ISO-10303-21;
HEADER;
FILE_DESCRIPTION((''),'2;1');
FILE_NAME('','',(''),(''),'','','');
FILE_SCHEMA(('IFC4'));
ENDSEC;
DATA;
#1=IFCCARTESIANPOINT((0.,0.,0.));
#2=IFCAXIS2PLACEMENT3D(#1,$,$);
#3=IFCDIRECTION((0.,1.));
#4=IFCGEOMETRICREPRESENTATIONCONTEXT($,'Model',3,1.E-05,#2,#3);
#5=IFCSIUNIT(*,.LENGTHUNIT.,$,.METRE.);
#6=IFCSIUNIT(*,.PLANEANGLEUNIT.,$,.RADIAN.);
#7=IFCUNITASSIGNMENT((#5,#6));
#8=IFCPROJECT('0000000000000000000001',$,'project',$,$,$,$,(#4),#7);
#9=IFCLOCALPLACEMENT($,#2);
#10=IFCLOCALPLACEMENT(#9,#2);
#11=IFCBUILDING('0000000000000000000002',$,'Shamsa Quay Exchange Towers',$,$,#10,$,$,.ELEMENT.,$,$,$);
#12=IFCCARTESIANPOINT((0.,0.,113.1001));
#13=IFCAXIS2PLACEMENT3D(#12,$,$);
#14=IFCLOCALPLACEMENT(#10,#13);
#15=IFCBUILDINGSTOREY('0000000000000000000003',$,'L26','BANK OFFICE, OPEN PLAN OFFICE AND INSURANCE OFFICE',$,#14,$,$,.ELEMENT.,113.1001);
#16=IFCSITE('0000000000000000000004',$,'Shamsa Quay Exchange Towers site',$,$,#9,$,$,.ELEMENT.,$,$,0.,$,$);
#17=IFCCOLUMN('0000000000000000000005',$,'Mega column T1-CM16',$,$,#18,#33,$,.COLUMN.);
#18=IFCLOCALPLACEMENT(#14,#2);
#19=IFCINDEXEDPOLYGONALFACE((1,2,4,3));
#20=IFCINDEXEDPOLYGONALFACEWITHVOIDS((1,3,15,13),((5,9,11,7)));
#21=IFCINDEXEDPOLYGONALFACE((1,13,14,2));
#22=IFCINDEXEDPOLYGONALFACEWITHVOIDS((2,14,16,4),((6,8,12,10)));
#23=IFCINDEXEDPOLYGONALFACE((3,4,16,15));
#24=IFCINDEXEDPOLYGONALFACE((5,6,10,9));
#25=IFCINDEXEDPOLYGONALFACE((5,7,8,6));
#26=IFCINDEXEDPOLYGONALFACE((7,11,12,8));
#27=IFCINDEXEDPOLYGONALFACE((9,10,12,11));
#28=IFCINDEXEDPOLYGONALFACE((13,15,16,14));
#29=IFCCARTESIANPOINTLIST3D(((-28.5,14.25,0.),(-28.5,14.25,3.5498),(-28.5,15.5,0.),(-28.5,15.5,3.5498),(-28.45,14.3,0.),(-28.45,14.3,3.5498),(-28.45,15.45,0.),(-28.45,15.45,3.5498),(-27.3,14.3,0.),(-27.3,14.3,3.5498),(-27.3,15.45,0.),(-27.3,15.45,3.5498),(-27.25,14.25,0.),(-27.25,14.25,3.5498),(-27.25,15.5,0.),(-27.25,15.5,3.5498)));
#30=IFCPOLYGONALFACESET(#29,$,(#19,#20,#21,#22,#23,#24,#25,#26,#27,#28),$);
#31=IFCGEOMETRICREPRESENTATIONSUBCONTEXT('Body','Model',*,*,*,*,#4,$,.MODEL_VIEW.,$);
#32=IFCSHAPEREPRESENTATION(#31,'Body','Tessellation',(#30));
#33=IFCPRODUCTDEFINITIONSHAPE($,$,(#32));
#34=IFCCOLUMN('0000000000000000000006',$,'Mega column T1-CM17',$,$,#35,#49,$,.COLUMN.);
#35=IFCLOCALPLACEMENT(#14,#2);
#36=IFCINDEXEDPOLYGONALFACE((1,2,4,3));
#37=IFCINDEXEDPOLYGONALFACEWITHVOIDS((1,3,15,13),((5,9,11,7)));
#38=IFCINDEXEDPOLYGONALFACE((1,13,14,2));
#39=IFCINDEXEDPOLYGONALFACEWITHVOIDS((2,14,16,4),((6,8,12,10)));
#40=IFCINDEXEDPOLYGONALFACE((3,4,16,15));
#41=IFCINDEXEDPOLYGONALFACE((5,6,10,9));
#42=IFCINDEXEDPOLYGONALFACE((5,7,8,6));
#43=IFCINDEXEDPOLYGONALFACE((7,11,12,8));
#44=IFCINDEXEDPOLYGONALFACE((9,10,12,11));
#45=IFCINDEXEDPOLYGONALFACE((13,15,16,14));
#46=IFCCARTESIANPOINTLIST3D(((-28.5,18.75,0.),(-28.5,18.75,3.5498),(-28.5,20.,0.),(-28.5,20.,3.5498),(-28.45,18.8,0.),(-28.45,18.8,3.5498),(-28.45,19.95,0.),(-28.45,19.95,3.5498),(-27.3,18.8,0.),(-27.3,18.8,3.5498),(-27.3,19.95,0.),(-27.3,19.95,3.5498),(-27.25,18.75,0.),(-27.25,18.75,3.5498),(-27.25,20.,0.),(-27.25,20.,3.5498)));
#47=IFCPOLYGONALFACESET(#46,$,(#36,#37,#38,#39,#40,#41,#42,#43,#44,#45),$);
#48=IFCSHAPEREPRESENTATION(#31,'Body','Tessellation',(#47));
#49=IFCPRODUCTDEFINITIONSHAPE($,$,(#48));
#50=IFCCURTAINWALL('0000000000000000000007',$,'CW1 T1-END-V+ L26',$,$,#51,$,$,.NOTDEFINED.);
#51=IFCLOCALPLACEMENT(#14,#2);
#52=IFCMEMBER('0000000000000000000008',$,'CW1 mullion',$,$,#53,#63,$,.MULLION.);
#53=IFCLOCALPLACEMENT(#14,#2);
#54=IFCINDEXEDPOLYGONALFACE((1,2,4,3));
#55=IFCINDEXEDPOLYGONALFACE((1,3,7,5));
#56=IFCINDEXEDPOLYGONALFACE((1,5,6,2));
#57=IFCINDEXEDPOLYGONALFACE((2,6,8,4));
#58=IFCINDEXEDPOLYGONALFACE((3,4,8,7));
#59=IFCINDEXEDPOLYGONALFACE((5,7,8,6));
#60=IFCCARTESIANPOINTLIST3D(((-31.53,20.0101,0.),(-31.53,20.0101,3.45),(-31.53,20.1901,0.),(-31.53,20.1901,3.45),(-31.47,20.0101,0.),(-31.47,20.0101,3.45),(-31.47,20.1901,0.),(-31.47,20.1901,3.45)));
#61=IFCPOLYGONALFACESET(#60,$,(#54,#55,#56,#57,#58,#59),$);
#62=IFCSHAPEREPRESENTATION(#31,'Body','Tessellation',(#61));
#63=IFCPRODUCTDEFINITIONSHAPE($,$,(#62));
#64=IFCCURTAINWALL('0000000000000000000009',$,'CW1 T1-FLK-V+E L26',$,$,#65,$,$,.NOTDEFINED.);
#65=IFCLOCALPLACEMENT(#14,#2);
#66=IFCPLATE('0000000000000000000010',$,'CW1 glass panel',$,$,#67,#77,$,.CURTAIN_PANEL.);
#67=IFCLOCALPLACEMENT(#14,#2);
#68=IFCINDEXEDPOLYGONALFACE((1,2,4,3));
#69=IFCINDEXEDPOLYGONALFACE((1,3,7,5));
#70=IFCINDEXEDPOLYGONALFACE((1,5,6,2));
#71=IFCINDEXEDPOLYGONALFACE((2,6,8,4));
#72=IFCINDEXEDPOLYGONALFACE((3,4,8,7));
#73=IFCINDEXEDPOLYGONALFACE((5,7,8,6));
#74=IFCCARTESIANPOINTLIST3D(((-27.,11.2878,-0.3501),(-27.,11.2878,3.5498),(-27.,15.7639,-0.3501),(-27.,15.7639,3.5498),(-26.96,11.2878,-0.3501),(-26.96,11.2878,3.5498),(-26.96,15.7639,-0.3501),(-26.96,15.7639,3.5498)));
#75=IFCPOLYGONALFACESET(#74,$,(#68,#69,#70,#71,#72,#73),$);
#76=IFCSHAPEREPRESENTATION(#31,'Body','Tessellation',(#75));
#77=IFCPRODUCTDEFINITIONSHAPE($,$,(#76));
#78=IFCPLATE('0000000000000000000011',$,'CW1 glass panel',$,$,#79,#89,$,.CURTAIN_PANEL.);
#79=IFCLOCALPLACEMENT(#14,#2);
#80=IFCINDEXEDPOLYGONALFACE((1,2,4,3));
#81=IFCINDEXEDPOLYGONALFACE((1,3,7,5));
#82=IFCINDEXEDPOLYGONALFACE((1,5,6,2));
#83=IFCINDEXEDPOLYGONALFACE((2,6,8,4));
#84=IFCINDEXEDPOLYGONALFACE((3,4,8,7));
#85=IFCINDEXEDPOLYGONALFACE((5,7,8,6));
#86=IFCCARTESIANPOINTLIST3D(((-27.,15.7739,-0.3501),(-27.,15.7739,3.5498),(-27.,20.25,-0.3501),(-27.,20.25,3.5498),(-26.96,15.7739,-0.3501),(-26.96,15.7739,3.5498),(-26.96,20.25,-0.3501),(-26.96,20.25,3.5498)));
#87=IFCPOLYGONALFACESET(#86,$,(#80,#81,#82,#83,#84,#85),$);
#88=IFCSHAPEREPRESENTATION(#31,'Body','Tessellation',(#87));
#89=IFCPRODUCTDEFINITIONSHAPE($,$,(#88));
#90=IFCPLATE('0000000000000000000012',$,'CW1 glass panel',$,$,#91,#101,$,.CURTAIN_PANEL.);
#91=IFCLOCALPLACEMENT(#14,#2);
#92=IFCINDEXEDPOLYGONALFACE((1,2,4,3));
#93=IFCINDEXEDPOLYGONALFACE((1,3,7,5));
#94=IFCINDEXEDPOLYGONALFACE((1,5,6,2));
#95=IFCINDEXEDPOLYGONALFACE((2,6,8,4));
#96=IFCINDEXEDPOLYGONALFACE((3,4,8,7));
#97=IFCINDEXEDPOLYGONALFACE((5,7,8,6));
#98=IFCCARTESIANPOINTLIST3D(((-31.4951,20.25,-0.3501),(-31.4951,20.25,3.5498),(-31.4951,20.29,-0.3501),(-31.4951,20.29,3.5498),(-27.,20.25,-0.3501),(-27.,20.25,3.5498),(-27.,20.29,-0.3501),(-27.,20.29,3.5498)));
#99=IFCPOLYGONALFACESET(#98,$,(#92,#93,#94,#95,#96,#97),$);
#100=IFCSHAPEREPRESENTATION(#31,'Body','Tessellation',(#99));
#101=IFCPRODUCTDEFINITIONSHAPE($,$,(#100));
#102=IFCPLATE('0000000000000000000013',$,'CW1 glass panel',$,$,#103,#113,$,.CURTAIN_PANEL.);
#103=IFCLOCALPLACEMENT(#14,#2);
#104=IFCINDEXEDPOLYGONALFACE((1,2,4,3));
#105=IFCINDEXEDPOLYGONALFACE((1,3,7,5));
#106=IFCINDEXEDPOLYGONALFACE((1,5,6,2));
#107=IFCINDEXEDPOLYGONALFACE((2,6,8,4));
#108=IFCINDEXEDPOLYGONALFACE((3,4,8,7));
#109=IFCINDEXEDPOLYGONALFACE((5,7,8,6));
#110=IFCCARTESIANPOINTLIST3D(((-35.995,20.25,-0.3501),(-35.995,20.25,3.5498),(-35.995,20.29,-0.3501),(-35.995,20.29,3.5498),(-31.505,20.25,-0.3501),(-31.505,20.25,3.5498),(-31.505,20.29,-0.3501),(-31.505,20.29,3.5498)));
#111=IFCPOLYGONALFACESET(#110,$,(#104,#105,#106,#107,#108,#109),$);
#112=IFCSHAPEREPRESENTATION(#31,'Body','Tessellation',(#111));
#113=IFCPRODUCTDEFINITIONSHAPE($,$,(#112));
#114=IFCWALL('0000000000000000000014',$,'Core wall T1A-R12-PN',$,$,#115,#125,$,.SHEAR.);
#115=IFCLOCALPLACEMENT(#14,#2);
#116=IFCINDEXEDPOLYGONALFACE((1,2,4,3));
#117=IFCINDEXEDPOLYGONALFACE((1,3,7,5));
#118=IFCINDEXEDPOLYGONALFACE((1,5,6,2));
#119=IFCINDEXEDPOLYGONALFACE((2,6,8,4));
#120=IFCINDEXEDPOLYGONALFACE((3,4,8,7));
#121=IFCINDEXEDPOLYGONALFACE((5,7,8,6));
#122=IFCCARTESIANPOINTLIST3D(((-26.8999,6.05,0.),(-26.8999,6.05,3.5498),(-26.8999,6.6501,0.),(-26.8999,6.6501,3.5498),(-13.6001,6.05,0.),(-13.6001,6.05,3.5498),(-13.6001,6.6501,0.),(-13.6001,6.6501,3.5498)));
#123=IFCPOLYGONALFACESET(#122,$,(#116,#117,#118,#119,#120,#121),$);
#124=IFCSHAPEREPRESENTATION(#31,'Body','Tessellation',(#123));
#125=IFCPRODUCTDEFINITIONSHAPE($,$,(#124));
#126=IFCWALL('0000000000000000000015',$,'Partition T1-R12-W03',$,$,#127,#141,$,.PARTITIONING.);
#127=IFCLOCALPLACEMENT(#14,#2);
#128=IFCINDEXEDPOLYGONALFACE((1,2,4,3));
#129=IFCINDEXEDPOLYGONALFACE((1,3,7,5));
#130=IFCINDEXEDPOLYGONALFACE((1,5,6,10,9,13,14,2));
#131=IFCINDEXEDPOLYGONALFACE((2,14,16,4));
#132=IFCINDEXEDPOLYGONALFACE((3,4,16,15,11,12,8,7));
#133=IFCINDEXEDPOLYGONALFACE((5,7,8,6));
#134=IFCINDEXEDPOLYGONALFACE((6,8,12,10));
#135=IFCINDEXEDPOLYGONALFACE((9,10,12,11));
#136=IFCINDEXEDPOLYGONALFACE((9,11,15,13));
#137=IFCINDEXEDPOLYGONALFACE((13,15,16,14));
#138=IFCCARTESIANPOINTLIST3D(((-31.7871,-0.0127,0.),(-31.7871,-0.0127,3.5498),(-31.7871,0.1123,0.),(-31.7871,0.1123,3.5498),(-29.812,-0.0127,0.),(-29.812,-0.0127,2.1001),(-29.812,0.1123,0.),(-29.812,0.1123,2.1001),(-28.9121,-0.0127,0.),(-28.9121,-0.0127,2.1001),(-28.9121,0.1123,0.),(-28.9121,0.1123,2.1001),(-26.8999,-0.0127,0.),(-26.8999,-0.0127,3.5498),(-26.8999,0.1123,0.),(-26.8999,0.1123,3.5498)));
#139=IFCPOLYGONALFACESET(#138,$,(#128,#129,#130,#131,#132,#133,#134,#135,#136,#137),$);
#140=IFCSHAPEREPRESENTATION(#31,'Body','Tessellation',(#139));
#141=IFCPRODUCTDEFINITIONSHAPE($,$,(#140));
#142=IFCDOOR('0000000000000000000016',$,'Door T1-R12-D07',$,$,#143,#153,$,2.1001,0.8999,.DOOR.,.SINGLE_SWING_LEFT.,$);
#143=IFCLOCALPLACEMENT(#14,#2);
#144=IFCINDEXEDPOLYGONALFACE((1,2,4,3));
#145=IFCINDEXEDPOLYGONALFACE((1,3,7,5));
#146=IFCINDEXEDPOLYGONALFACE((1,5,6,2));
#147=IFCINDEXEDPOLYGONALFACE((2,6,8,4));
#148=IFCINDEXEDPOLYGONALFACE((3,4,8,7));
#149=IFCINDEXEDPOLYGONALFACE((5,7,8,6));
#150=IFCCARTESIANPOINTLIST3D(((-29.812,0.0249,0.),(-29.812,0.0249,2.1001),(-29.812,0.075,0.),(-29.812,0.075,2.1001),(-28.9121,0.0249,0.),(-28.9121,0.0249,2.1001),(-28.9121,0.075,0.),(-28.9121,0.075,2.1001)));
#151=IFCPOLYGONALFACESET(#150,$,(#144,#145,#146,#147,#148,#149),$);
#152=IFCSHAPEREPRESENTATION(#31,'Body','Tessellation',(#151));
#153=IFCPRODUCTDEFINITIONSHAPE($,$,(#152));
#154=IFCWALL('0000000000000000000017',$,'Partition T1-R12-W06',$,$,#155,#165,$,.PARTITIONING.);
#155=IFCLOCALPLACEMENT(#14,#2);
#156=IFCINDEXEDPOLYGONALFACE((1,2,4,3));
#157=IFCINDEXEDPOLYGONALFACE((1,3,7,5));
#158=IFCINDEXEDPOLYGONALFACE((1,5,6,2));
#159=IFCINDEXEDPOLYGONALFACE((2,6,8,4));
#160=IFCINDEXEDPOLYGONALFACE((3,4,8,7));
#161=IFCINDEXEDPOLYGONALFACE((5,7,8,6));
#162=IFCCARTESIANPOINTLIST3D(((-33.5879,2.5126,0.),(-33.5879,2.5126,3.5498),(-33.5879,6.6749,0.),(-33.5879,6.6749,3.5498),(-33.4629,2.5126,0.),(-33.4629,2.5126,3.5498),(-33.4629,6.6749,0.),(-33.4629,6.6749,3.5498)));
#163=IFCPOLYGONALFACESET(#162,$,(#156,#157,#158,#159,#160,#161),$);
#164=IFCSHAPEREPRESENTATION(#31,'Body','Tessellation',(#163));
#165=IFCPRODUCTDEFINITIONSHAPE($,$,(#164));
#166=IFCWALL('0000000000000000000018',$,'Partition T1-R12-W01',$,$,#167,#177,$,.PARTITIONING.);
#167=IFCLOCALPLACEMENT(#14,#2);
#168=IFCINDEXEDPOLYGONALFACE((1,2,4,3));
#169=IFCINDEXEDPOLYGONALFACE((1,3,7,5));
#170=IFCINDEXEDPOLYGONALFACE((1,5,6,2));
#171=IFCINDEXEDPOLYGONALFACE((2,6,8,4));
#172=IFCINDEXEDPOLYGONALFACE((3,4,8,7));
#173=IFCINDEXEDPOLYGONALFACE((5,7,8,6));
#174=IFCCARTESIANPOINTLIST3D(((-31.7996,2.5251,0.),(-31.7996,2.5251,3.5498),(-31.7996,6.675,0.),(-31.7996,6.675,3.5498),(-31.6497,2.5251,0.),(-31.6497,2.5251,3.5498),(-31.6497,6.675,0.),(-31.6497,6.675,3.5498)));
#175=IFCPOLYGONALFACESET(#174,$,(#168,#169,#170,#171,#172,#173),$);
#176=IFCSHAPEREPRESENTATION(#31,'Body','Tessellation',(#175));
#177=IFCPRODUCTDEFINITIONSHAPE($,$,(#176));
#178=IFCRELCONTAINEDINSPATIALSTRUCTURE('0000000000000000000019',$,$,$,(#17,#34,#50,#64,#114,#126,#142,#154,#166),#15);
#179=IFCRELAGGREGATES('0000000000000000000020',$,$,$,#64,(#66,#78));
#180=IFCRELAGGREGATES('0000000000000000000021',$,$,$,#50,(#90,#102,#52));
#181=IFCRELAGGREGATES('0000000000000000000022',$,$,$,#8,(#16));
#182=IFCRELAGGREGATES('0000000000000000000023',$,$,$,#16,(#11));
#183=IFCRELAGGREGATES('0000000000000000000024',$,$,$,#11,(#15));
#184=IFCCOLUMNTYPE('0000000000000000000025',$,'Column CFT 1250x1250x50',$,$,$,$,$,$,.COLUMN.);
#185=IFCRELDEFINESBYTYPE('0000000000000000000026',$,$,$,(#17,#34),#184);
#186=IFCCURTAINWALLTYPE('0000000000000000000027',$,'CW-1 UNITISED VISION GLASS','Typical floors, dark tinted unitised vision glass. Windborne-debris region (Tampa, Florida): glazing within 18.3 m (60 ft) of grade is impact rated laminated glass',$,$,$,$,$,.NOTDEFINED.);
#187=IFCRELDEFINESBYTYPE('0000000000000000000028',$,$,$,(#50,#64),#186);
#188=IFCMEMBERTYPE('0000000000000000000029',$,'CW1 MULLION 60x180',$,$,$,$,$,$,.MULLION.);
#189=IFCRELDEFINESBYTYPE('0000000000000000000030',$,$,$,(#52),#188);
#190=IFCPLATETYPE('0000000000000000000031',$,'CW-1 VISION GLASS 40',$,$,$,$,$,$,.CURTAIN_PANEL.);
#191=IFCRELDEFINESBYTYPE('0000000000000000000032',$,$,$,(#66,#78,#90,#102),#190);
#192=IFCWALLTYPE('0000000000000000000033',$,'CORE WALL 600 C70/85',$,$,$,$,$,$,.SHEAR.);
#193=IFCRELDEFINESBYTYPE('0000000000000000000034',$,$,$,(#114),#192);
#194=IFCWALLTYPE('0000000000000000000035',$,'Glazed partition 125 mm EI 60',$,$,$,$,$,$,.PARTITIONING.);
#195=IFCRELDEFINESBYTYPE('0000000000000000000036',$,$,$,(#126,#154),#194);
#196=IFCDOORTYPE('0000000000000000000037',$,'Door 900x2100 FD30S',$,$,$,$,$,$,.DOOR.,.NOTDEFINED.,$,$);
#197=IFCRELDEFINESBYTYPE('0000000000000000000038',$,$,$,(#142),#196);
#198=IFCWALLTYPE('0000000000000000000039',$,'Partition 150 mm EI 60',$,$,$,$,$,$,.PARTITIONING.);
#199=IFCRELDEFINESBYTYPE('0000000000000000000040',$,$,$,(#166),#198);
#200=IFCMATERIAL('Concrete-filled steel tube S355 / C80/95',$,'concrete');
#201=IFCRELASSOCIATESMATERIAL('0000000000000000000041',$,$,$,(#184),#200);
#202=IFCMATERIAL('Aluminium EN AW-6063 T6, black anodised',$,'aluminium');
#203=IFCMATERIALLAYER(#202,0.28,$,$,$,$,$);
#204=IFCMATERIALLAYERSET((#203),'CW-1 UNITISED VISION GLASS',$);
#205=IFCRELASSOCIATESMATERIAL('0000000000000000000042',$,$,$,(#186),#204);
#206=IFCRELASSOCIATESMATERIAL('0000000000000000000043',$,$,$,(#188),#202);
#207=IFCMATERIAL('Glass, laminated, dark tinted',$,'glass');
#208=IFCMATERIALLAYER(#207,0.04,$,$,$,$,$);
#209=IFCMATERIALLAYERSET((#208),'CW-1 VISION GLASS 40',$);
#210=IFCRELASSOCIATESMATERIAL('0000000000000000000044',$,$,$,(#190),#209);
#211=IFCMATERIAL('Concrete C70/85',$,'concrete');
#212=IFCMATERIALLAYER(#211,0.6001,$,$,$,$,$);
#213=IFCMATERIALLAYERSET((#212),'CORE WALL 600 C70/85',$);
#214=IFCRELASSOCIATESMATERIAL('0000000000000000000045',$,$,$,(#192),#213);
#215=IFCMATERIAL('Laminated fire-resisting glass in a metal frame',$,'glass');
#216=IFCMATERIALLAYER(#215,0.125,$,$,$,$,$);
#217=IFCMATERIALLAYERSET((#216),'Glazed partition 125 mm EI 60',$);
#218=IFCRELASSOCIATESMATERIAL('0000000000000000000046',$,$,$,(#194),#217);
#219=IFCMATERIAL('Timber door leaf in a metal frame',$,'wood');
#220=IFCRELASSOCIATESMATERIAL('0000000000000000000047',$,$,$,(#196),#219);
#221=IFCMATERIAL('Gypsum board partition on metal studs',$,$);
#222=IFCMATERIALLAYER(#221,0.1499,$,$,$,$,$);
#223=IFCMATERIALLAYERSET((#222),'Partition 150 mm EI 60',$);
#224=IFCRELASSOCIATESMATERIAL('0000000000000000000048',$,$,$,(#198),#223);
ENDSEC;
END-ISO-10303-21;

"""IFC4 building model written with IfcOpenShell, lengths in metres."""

from ifc_helpers import new_model, si_unit, direction, frame, frame_2d, origin, origin_2d, place, context, subcontext, project, spatial, rectangle, hollow_rectangle, extrude, material, layer, layer_set, material_profile, profile_set, type_object, element, fill, aggregate, save


model = new_model("IFC4")

# Units and contexts
model_context = context("Model", 3, precision=1e-05, world=origin(), true_north=direction((0.0, 1.0)))
body_context = subcontext(model_context, "Body", "Model", "MODEL_VIEW")
ifc_project = project(units=[si_unit("LENGTHUNIT", "METRE"), si_unit("PLANEANGLEUNIT", "RADIAN")], contexts=[model_context])

# Site, building, storey
site_placement = place(None, origin())
site = spatial("IfcSite", under=ifc_project, at=site_placement, Name="Shamsa Quay Exchange Towers site", CompositionType="ELEMENT", RefElevation=0.0)
building_placement = place(site_placement, origin())
building = spatial("IfcBuilding", under=site, at=building_placement, Name="Shamsa Quay Exchange Towers", CompositionType="ELEMENT")
storey_placement = place(building_placement, frame((0.0, 0.0, 113.1001)))
storey = spatial("IfcBuildingStorey", under=building, at=storey_placement, Name="L26", Description="BANK OFFICE, OPEN PLAN OFFICE AND INSURANCE OFFICE", CompositionType="ELEMENT", Elevation=113.1001)

# Columns
ifc_material_1 = material(Name="Concrete-filled steel tube S355 / C80/95", Category="concrete")
ifc_material_profile_1 = material_profile(ifc_material_1, hollow_rectangle(XDim=1.25, YDim=1.25, WallThickness=0.05, at=origin_2d()), Name="CFT 1250x1250x50")
ifc_profile_set_1 = profile_set([ifc_material_profile_1], Name="Concrete-filled steel tube S355 / C80/95")
column_type = type_object("IfcColumnType", Name="Column CFT 1250x1250x50", PredefinedType="COLUMN", material=ifc_profile_set_1)
for number, where, name in (
    (1, (-27.875, 14.875, 0.0), "Mega column T1-CM16"),
    (2, (-27.875, 19.375, 0.0), "Mega column T1-CM17"),
):
    element("IfcColumn", number, at=place(storey_placement, frame(where)), inside=storey, type_object=column_type, Name=name, PredefinedType="COLUMN", context=body_context, shape_type="SweptSolid", body=[
        extrude(hollow_rectangle(XDim=1.25, YDim=1.25, WallThickness=0.05, at=origin_2d()), origin(), (0.0, 0.0, 1.0), 3.5498),
    ])

# Curtain wall, member
ifc_material_2 = material(Name="Aluminium EN AW-6063 T6, black anodised", Category="aluminium")
ifc_layer_1 = layer(ifc_material_2, 0.28)
ifc_layer_set_1 = layer_set([ifc_layer_1], Name="CW-1 UNITISED VISION GLASS")
curtain_wall_type = type_object("IfcCurtainWallType", Name="CW-1 UNITISED VISION GLASS", Description="Typical floors, dark tinted unitised vision glass. Windborne-debris region (Tampa, Florida): glazing within 18.3 m (60 ft) of grade is impact rated laminated glass", PredefinedType="NOTDEFINED", material=ifc_layer_set_1)
curtain_wall_1_placement = place(storey_placement, origin())
curtain_wall_1 = element("IfcCurtainWall", 3, at=curtain_wall_1_placement, inside=storey, type_object=curtain_wall_type, Name="CW1 T1-END-V+ L26", PredefinedType="NOTDEFINED")
ifc_material_profile_2 = material_profile(ifc_material_2, rectangle(XDim=0.1799, YDim=0.0601, at=origin_2d()), Name="MU60x180")
ifc_profile_set_2 = profile_set([ifc_material_profile_2], Name="Aluminium EN AW-6063 T6, black anodised")
member_type = type_object("IfcMemberType", Name="CW1 MULLION 60x180", PredefinedType="MULLION", material=ifc_profile_set_2)
member_placement = place(storey_placement, frame((-31.5, 20.1001, 0.0), z_axis=(0.0, 0.0, 1.0), x_axis=(0.0, -1.0, 0.0)))
member = element("IfcMember", 4, at=member_placement, type_object=member_type, Name="CW1 mullion", PredefinedType="MULLION", context=body_context, shape_type="SweptSolid", body=[
    extrude(rectangle(XDim=0.1799, YDim=0.0601, at=origin_2d()), origin(), (0.0, 0.0, 1.0), 3.45),
])

# Curtain wall, plates
curtain_wall_2_placement = place(storey_placement, origin())
curtain_wall_2 = element("IfcCurtainWall", 5, at=curtain_wall_2_placement, inside=storey, type_object=curtain_wall_type, Name="CW1 T1-FLK-V+E L26", PredefinedType="NOTDEFINED")
ifc_material_3 = material(Name="Glass, laminated, dark tinted", Category="glass")
ifc_layer_2 = layer(ifc_material_3, 0.04)
ifc_layer_set_2 = layer_set([ifc_layer_2], Name="CW-1 VISION GLASS 40")
plate_type = type_object("IfcPlateType", Name="CW-1 VISION GLASS 40", PredefinedType="CURTAIN_PANEL", material=ifc_layer_set_2)
plate_1_placement = place(storey_placement, frame((-26.98, 13.5259, -0.3501), z_axis=(0.0, 0.0, 1.0), x_axis=(0.0, 1.0, 0.0)))
plate_1 = element("IfcPlate", 6, at=plate_1_placement, type_object=plate_type, Name="CW1 glass panel", PredefinedType="CURTAIN_PANEL", context=body_context, shape_type="SweptSolid", body=[
    extrude(rectangle(XDim=4.4761, YDim=0.04, at=origin_2d()), origin(), (0.0, 0.0, 1.0), 3.8999),
])
plate_2_placement = place(storey_placement, frame((-26.98, 18.012, -0.3501), z_axis=(0.0, 0.0, 1.0), x_axis=(0.0, 1.0, 0.0)))
plate_2 = element("IfcPlate", 7, at=plate_2_placement, type_object=plate_type, Name="CW1 glass panel", PredefinedType="CURTAIN_PANEL", context=body_context, shape_type="SweptSolid", body=[
    extrude(rectangle(XDim=4.4761, YDim=0.04, at=origin_2d()), origin(), (0.0, 0.0, 1.0), 3.8999),
])
aggregate(curtain_wall_2, [plate_1, plate_2])

# Plates
plate_3_placement = place(storey_placement, frame((-29.2476, 20.27, -0.3501), z_axis=(0.0, 0.0, 1.0), x_axis=(-1.0, 0.0, 0.0)))
plate_3 = element("IfcPlate", 8, at=plate_3_placement, type_object=plate_type, Name="CW1 glass panel", PredefinedType="CURTAIN_PANEL", context=body_context, shape_type="SweptSolid", body=[
    extrude(rectangle(XDim=4.4951, YDim=0.04, at=origin_2d()), origin(), (0.0, 0.0, 1.0), 3.8999),
])
plate_4_placement = place(storey_placement, frame((-33.75, 20.27, -0.3501), z_axis=(0.0, 0.0, 1.0), x_axis=(-1.0, 0.0, 0.0)))
plate_4 = element("IfcPlate", 9, at=plate_4_placement, type_object=plate_type, Name="CW1 glass panel", PredefinedType="CURTAIN_PANEL", context=body_context, shape_type="SweptSolid", body=[
    extrude(rectangle(XDim=4.49, YDim=0.04, at=origin_2d()), origin(), (0.0, 0.0, 1.0), 3.8999),
])
aggregate(curtain_wall_1, [plate_3, plate_4, member])

# Wall
ifc_material_4 = material(Name="Concrete C70/85", Category="concrete")
ifc_layer_3 = layer(ifc_material_4, 0.6001)
ifc_layer_set_3 = layer_set([ifc_layer_3], Name="CORE WALL 600 C70/85")
wall_type_1 = type_object("IfcWallType", Name="CORE WALL 600 C70/85", PredefinedType="SHEAR", material=ifc_layer_set_3)
wall_1_placement = place(storey_placement, frame((-26.8999, 6.3501, 0.0)))
element("IfcWall", 10, at=wall_1_placement, inside=storey, type_object=wall_type_1, Name="Core wall T1A-R12-PN", PredefinedType="SHEAR", context=body_context, shape_type="SweptSolid", body=[
    extrude(rectangle(XDim=13.2998, YDim=0.6001, at=frame_2d((6.6499, 0.0))), origin(), (0.0, 0.0, 1.0), 3.5498),
])

# Wall, opening, door
ifc_material_5 = material(Name="Laminated fire-resisting glass in a metal frame", Category="glass")
ifc_layer_4 = layer(ifc_material_5, 0.125)
ifc_layer_set_4 = layer_set([ifc_layer_4], Name="Glazed partition 125 mm EI 60")
wall_type_2 = type_object("IfcWallType", Name="Glazed partition 125 mm EI 60", PredefinedType="PARTITIONING", material=ifc_layer_set_4)
wall_2_placement = place(storey_placement, frame((-26.8999, 0.0498, 0.0), z_axis=(0.0, 0.0, 1.0), x_axis=(-1.0, 0.0, 0.0)))
wall_2 = element("IfcWall", 11, at=wall_2_placement, inside=storey, type_object=wall_type_2, Name="Partition T1-R12-W03", PredefinedType="PARTITIONING", context=body_context, shape_type="SweptSolid", body=[
    extrude(rectangle(XDim=4.8872, YDim=0.125, at=frame_2d((2.4436, 0.0))), origin(), (0.0, 0.0, 1.0), 3.5498),
])
opening_1_placement = place(wall_2_placement, frame((2.0122, 0.0, 0.0)))
opening_1 = element("IfcOpeningElement", 12, at=opening_1_placement, cuts=wall_2, PredefinedType="OPENING", context=body_context, shape_type="SweptSolid", body=[
    extrude(rectangle(XDim=0.8999, YDim=2.1001, at=frame_2d((0.45, 1.05))), frame((0.0, 0.0725, 0.0), z_axis=(0.0, -1.0, 0.0), x_axis=(1.0, 0.0, 0.0)), (0.0, 0.0, 1.0), 0.145),
])
ifc_material_6 = material(Name="Timber door leaf in a metal frame", Category="wood")
door_type = type_object("IfcDoorType", Name="Door 900x2100 FD30S", OperationType="NOTDEFINED", PredefinedType="DOOR", material=ifc_material_6)
door_1_placement = place(opening_1_placement, origin())
door_1 = element("IfcDoor", 13, at=door_1_placement, inside=storey, type_object=door_type, Name="Door T1-R12-D07", OperationType="SINGLE_SWING_LEFT", OverallHeight=2.1001, OverallWidth=0.8999, PredefinedType="DOOR", context=body_context, shape_type="SweptSolid", body=[
    extrude(rectangle(XDim=0.8999, YDim=2.1001, at=frame_2d((0.45, 1.05))), frame((0.0, 0.0249, 0.0), z_axis=(0.0, -1.0, 0.0), x_axis=(1.0, 0.0, 0.0)), (0.0, 0.0, 1.0), 0.05),
])
fill(opening_1, door_1)

# Walls
wall_3_placement = place(storey_placement, frame((-33.5254, 2.5127, 0.0), z_axis=(0.0, 0.0, 1.0), x_axis=(0.0, 1.0, 0.0)))
element("IfcWall", 14, at=wall_3_placement, inside=storey, type_object=wall_type_2, Name="Partition T1-R12-W06", PredefinedType="PARTITIONING", context=body_context, shape_type="SweptSolid", body=[
    extrude(rectangle(XDim=4.1624, YDim=0.125, at=frame_2d((2.0811, 0.0))), origin(), (0.0, 0.0, 1.0), 3.5498),
])
ifc_material_7 = material(Name="Gypsum board partition on metal studs")
ifc_layer_5 = layer(ifc_material_7, 0.1499)
ifc_layer_set_5 = layer_set([ifc_layer_5], Name="Partition 150 mm EI 60")
wall_type_3 = type_object("IfcWallType", Name="Partition 150 mm EI 60", PredefinedType="PARTITIONING", material=ifc_layer_set_5)
wall_4_placement = place(storey_placement, frame((-31.7246, 6.675, 0.0), z_axis=(0.0, 0.0, 1.0), x_axis=(0.0, -1.0, 0.0)))
element("IfcWall", 15, at=wall_4_placement, inside=storey, type_object=wall_type_3, Name="Partition T1-R12-W01", PredefinedType="PARTITIONING", context=body_context, shape_type="SweptSolid", body=[
    extrude(rectangle(XDim=4.1499, YDim=0.1499, at=frame_2d((2.075, 0.0))), origin(), (0.0, 0.0, 1.0), 3.5498),
])

save(model, "model.ifc")
